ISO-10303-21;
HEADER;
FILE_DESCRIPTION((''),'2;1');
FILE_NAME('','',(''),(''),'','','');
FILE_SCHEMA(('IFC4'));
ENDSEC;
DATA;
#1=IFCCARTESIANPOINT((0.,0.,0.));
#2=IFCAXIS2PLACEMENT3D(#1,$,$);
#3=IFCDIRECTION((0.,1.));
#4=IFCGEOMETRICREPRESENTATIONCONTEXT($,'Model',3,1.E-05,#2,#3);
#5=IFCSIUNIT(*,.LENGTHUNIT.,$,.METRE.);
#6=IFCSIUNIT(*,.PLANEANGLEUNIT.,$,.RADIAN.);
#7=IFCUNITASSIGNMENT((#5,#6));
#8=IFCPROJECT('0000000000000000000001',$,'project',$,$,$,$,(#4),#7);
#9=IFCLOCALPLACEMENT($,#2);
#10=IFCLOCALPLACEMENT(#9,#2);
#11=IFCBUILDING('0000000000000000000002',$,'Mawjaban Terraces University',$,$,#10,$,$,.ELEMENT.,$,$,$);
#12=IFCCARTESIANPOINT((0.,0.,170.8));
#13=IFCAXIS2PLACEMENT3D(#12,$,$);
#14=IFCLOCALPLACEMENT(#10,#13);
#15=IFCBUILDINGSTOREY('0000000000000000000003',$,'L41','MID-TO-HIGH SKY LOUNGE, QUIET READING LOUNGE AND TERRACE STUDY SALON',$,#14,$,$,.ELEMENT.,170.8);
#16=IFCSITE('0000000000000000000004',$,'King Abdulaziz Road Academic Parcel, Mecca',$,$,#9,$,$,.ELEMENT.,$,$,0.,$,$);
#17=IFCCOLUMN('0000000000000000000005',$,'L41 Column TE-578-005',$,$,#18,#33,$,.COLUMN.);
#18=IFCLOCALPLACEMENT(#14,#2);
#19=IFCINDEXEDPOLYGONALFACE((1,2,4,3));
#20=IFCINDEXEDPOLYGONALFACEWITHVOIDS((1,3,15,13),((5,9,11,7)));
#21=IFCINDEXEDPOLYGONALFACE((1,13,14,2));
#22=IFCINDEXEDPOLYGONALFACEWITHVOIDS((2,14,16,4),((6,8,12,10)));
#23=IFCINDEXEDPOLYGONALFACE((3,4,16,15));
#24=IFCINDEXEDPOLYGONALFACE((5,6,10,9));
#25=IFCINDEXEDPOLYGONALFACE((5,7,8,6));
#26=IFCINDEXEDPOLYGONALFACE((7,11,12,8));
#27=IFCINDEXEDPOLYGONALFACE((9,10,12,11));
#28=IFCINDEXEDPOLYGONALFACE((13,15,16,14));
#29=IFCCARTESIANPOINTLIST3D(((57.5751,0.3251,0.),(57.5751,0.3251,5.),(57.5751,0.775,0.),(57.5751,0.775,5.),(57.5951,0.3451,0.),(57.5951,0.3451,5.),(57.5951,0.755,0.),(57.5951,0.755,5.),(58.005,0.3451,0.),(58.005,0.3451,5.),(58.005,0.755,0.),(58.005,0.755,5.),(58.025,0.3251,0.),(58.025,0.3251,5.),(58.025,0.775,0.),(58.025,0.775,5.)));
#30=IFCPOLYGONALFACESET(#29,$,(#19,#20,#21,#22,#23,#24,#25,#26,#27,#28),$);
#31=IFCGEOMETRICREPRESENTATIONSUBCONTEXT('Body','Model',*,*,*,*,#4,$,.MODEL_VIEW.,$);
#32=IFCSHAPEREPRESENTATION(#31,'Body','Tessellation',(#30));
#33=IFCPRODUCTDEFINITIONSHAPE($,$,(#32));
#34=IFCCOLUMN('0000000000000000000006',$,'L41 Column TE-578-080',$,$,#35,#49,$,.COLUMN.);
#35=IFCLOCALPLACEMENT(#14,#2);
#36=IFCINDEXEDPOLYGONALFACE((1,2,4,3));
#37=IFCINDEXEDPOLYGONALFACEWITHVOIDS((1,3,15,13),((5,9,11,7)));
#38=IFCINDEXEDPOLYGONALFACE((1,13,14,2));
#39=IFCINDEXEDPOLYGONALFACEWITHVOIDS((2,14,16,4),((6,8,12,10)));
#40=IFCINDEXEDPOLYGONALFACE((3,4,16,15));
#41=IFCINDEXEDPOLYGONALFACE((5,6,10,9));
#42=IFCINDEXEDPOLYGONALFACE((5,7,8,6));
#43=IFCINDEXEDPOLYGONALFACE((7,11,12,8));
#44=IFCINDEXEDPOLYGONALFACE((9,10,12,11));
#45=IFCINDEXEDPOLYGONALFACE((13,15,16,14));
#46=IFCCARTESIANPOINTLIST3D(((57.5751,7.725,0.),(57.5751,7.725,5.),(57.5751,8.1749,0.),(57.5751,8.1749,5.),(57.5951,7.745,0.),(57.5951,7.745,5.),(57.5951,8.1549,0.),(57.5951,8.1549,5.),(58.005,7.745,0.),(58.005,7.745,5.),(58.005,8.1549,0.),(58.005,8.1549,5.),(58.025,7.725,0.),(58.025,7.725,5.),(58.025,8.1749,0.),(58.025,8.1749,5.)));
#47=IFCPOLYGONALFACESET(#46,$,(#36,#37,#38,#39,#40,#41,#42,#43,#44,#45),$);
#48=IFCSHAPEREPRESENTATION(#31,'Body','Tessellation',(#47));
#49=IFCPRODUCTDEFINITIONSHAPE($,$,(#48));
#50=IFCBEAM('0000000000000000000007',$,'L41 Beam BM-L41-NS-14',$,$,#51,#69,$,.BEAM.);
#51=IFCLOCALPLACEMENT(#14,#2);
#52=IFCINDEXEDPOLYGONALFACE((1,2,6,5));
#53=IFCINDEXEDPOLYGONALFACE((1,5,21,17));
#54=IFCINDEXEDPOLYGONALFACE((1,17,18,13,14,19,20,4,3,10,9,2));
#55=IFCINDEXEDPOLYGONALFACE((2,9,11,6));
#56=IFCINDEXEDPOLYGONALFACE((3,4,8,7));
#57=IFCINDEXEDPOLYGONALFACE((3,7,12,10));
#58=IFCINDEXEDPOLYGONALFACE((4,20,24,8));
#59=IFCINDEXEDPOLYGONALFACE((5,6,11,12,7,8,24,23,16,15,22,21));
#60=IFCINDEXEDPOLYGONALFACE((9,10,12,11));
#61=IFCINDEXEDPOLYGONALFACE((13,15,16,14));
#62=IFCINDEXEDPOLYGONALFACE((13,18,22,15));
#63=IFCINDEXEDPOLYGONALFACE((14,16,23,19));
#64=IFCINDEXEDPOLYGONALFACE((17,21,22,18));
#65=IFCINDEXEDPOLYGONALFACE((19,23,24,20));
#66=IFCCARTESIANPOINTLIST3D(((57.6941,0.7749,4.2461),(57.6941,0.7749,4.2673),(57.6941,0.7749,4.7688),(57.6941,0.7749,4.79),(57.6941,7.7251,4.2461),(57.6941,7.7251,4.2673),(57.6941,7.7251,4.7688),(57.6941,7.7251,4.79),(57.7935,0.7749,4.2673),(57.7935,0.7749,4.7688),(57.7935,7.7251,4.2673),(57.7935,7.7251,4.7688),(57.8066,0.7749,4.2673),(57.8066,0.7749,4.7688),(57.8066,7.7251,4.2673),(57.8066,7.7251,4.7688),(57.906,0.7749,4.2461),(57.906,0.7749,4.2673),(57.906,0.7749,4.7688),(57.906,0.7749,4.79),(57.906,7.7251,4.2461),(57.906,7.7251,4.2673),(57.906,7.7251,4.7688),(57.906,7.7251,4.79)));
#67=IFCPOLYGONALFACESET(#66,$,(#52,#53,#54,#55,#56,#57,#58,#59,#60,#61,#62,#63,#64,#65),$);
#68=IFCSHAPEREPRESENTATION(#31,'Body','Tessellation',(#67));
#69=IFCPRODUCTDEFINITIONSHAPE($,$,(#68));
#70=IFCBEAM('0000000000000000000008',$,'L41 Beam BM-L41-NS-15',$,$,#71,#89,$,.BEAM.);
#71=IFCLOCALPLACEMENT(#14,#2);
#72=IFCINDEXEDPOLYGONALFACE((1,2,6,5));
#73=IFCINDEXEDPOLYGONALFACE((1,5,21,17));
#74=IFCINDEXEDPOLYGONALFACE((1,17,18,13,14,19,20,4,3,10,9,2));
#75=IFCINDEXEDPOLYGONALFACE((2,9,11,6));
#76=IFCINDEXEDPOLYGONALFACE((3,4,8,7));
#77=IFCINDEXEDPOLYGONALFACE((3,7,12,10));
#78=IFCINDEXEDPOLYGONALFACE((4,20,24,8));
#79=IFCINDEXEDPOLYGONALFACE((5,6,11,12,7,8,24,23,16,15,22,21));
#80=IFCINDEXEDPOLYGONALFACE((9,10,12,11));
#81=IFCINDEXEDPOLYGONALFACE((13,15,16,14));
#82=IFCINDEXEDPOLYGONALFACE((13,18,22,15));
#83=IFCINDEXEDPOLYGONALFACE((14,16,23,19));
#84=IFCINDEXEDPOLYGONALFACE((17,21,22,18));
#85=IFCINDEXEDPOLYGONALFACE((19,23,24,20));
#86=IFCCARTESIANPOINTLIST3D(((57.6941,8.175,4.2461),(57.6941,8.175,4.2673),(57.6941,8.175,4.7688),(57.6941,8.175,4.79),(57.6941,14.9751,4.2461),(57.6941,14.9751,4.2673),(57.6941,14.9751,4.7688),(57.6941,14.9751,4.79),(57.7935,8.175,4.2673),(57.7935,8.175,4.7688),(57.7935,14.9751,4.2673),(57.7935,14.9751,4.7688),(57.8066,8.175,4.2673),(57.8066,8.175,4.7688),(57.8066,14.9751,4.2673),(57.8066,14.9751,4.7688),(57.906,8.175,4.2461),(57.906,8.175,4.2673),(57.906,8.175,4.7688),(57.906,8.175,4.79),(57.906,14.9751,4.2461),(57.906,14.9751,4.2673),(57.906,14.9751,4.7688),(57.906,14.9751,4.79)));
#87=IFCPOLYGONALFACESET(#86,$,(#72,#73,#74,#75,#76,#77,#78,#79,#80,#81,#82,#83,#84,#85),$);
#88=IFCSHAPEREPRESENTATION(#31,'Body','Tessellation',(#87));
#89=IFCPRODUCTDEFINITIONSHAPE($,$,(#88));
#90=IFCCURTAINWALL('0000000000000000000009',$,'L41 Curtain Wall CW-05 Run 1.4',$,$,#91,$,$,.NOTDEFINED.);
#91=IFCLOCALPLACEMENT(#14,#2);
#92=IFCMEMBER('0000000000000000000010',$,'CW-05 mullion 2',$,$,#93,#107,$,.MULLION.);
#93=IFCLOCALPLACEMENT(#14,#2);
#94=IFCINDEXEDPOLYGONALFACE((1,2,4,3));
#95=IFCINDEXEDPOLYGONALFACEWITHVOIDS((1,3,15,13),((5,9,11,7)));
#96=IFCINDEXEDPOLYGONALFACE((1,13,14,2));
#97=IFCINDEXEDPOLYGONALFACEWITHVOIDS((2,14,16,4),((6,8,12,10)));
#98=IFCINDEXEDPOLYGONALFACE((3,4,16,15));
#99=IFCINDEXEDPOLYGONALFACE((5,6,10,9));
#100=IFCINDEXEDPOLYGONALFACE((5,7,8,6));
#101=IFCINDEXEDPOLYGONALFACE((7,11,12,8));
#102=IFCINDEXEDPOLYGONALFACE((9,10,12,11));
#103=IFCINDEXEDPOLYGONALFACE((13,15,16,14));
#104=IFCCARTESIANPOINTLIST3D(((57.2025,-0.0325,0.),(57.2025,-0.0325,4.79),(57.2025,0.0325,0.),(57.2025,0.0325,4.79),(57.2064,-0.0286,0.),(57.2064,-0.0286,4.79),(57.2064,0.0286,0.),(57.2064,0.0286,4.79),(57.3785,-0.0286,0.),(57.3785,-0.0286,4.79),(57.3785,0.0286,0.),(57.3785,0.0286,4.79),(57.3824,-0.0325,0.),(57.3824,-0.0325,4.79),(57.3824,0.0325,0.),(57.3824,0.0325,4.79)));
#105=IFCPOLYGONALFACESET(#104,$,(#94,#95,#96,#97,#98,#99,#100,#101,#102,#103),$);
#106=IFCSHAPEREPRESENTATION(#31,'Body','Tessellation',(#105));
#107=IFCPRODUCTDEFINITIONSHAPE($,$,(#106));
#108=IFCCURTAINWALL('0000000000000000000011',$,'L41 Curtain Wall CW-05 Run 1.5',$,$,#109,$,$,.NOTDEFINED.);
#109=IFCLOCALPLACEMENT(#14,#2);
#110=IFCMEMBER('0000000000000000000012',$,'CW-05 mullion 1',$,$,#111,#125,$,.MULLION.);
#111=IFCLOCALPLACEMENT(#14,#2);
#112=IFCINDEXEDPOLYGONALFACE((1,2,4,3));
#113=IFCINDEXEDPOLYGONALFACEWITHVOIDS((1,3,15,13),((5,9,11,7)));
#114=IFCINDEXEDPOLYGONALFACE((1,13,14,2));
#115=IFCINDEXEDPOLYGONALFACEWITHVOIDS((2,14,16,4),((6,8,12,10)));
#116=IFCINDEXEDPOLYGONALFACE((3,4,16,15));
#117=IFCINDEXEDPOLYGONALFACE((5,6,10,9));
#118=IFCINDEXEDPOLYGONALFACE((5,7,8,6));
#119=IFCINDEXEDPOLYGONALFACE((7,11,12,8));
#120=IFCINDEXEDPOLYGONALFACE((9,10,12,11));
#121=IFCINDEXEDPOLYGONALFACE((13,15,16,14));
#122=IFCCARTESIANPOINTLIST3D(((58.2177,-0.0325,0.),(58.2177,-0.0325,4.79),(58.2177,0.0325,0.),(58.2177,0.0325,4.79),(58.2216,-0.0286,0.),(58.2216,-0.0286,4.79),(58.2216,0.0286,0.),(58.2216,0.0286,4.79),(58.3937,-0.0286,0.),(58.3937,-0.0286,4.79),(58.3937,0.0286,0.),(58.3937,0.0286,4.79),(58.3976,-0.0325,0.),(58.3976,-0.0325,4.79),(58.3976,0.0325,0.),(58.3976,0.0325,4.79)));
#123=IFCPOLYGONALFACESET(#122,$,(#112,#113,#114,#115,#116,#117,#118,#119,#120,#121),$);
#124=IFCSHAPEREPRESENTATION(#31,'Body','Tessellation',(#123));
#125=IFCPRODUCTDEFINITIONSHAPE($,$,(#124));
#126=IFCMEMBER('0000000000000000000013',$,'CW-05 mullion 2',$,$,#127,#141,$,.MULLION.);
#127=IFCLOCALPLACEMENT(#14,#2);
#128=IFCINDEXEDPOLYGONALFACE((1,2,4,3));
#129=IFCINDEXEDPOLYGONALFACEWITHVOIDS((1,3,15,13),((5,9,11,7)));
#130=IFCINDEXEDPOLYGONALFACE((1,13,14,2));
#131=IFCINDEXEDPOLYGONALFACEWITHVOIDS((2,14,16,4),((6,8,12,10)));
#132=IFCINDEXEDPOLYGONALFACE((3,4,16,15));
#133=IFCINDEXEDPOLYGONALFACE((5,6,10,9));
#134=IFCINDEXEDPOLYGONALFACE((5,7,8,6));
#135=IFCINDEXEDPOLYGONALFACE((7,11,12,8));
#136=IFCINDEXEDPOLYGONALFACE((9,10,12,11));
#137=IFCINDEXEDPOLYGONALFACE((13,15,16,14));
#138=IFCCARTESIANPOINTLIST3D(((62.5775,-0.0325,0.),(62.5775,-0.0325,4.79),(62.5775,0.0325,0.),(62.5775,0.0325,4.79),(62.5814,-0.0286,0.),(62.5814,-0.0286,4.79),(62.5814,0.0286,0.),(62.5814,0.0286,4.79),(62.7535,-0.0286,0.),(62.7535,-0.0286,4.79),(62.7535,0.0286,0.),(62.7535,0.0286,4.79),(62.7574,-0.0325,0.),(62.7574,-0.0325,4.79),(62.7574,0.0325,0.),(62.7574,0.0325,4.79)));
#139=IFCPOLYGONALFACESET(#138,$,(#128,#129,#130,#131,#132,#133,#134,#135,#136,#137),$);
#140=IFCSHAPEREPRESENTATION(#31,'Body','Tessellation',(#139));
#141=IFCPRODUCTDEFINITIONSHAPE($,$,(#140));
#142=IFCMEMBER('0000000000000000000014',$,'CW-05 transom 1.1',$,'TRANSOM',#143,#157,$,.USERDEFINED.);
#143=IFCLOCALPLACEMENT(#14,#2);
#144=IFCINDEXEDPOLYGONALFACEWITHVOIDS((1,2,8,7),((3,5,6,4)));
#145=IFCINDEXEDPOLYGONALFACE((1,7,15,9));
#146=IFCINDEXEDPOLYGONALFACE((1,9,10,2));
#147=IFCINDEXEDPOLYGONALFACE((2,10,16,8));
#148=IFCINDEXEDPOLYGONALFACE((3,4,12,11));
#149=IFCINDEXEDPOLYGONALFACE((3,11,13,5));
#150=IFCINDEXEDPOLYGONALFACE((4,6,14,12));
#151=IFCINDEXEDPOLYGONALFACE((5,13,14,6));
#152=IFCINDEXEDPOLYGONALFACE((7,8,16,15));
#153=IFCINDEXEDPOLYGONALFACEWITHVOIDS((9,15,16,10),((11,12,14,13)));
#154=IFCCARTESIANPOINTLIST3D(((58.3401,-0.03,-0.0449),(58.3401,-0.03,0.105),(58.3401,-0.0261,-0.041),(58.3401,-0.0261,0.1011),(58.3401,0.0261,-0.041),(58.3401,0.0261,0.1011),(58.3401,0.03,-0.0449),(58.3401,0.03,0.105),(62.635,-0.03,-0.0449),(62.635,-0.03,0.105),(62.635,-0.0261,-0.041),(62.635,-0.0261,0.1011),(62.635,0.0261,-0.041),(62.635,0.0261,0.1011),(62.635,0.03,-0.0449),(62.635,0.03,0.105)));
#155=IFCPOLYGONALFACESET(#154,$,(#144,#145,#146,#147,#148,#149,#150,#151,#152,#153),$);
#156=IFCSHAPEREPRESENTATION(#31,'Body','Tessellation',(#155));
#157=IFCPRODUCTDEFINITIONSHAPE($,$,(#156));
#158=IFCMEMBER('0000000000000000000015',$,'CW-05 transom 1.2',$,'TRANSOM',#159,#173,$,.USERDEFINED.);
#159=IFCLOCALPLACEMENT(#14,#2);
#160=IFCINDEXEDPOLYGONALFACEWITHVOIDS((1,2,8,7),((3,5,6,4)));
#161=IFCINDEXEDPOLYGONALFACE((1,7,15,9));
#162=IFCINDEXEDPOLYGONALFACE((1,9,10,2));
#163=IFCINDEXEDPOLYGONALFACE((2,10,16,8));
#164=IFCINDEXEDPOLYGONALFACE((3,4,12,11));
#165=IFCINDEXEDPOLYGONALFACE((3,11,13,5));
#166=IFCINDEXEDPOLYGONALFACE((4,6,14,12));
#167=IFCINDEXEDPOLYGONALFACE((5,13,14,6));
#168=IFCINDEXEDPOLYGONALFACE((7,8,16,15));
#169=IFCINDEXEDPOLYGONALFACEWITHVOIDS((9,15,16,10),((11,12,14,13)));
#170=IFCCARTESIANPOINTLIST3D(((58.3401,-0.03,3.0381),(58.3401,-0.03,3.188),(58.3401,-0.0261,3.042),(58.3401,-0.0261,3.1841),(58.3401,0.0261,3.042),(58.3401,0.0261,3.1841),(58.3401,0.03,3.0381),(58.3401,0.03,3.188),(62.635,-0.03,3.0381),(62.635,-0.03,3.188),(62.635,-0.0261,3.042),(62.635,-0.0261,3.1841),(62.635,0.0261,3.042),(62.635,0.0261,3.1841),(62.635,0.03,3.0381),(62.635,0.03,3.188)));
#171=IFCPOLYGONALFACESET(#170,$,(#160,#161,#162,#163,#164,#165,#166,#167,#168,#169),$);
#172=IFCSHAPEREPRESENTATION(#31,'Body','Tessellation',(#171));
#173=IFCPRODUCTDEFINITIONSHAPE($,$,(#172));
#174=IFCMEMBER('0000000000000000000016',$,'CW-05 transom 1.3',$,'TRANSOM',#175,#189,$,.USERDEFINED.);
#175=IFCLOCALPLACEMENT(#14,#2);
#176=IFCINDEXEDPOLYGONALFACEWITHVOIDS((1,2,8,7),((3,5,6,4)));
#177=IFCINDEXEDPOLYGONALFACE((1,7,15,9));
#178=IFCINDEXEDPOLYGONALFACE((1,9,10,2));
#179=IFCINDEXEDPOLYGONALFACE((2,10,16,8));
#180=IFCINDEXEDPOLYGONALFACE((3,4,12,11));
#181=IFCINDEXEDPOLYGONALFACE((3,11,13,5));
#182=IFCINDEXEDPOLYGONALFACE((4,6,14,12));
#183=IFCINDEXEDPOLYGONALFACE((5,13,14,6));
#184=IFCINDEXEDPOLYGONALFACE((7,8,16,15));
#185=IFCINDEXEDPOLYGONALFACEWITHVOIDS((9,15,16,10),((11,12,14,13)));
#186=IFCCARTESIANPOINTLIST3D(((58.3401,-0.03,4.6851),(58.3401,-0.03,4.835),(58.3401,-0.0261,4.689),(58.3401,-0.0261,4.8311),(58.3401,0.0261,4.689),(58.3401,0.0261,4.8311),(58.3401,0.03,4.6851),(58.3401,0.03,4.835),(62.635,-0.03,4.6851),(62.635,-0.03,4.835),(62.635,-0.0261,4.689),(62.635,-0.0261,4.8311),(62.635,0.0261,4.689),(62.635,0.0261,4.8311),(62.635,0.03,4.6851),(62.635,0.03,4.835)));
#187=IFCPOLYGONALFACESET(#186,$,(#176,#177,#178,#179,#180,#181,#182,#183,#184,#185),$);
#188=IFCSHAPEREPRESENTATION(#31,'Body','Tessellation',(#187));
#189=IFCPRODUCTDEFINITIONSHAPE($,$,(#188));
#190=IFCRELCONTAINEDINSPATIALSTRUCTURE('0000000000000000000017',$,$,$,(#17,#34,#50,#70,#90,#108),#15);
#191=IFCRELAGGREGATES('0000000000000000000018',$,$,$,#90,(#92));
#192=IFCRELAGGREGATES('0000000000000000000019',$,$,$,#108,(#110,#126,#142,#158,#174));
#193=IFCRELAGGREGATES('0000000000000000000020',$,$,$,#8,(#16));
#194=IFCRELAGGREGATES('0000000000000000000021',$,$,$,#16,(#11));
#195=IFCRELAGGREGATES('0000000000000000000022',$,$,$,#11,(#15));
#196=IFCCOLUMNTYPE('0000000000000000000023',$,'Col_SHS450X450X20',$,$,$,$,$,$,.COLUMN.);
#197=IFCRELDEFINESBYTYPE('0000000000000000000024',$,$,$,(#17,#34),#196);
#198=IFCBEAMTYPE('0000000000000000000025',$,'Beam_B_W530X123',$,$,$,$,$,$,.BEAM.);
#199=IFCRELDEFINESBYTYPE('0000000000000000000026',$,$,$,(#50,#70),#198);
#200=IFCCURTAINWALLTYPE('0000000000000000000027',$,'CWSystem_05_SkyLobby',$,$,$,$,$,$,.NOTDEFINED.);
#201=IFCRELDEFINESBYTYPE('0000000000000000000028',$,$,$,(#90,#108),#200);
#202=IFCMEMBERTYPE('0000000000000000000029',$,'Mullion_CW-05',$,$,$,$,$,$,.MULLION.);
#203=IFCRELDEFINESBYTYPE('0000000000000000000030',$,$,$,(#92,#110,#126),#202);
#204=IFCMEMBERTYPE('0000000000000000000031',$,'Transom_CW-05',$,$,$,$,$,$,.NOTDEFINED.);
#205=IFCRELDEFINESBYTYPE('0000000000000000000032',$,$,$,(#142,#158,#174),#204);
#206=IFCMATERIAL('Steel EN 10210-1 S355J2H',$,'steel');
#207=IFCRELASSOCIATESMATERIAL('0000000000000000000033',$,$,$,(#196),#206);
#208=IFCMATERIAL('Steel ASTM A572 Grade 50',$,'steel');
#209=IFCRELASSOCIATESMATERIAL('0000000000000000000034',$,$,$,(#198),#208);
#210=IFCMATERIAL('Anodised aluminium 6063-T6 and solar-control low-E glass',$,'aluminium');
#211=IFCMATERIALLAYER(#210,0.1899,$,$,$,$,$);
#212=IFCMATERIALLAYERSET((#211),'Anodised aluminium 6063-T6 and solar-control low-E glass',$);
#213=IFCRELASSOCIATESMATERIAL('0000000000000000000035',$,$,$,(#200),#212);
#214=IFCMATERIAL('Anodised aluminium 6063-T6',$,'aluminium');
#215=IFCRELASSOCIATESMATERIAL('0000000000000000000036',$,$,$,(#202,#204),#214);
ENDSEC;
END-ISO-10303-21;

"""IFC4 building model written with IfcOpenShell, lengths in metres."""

from ifc_helpers import new_model, si_unit, direction, frame, origin, origin_2d, place, context, subcontext, project, spatial, hollow_rectangle, i_section, extrude, material, layer, layer_set, material_profile, profile_set, type_object, element, aggregate, save


model = new_model("IFC4")

# Units and contexts
model_context = context("Model", 3, precision=1e-05, world=origin(), true_north=direction((0.0, 1.0)))
body_context = subcontext(model_context, "Body", "Model", "MODEL_VIEW")
ifc_project = project(units=[si_unit("LENGTHUNIT", "METRE"), si_unit("PLANEANGLEUNIT", "RADIAN")], contexts=[model_context])

# Site, building, storey
site_placement = place(None, origin())
site = spatial("IfcSite", under=ifc_project, at=site_placement, Name="King Abdulaziz Road Academic Parcel, Mecca", CompositionType="ELEMENT", RefElevation=0.0)
building_placement = place(site_placement, origin())
building = spatial("IfcBuilding", under=site, at=building_placement, Name="Mawjaban Terraces University", CompositionType="ELEMENT")
storey_placement = place(building_placement, frame((0.0, 0.0, 170.8)))
storey = spatial("IfcBuildingStorey", under=building, at=storey_placement, Name="L41", Description="MID-TO-HIGH SKY LOUNGE, QUIET READING LOUNGE AND TERRACE STUDY SALON", CompositionType="ELEMENT", Elevation=170.8)

# Columns
ifc_material_1 = material(Name="Steel EN 10210-1 S355J2H", Category="steel")
ifc_material_profile_1 = material_profile(ifc_material_1, hollow_rectangle(XDim=0.45, YDim=0.45, WallThickness=0.02, at=origin_2d()), Name="SHS450X450X20")
ifc_profile_set_1 = profile_set([ifc_material_profile_1], Name="Steel EN 10210-1 S355J2H")
column_type = type_object("IfcColumnType", Name="Col_SHS450X450X20", PredefinedType="COLUMN", material=ifc_profile_set_1)
for number, where, z_axis, x_axis, name in (
    (1, (57.8, 0.55, 0.0), (0.0, 0.0, 1.0), (1.0, 0.0, 0.0), "L41 Column TE-578-005"),
    (2, (57.8, 7.95, 0.0), (0.0, 0.0, 1.0), (1.0, 0.0, 0.0), "L41 Column TE-578-080"),
):
    element("IfcColumn", number, at=place(storey_placement, frame(where, z_axis=z_axis, x_axis=x_axis)), inside=storey, type_object=column_type, Name=name, PredefinedType="COLUMN", context=body_context, shape_type="SweptSolid", body=[
        extrude(hollow_rectangle(XDim=0.45, YDim=0.45, WallThickness=0.02, at=origin_2d()), origin(), (0.0, 0.0, 1.0), 5.0),
    ])

# Beams
ifc_material_2 = material(Name="Steel ASTM A572 Grade 50", Category="steel")
ifc_material_profile_2 = material_profile(ifc_material_2, i_section(OverallWidth=0.2119, OverallDepth=0.5439, WebThickness=0.0132, FlangeThickness=0.0212, at=origin_2d()), Name="W530X123")
ifc_profile_set_2 = profile_set([ifc_material_profile_2], Name="Steel ASTM A572 Grade 50")
beam_type = type_object("IfcBeamType", Name="Beam_B_W530X123", PredefinedType="BEAM", material=ifc_profile_set_2)
beam_1_placement = place(storey_placement, frame((57.8, 0.7749, 4.5181), z_axis=(0.0, 1.0, 0.0), x_axis=(-1.0, 0.0, 0.0)))
element("IfcBeam", 3, at=beam_1_placement, inside=storey, type_object=beam_type, Name="L41 Beam BM-L41-NS-14", PredefinedType="BEAM", context=body_context, shape_type="SweptSolid", body=[
    extrude(i_section(OverallWidth=0.2119, OverallDepth=0.5439, WebThickness=0.0132, FlangeThickness=0.0212, at=origin_2d()), origin(), (0.0, 0.0, 1.0), 6.9502),
])
beam_2_placement = place(storey_placement, frame((57.8, 8.175, 4.5181), z_axis=(0.0, 1.0, 0.0), x_axis=(-1.0, 0.0, 0.0)))
element("IfcBeam", 4, at=beam_2_placement, inside=storey, type_object=beam_type, Name="L41 Beam BM-L41-NS-15", PredefinedType="BEAM", context=body_context, shape_type="SweptSolid", body=[
    extrude(i_section(OverallWidth=0.2119, OverallDepth=0.5439, WebThickness=0.0132, FlangeThickness=0.0212, at=origin_2d()), origin(), (0.0, 0.0, 1.0), 6.8),
])

# Curtain wall, member
ifc_material_3 = material(Name="Anodised aluminium 6063-T6 and solar-control low-E glass", Category="aluminium")
ifc_layer_1 = layer(ifc_material_3, 0.1899)
ifc_layer_set_1 = layer_set([ifc_layer_1], Name="Anodised aluminium 6063-T6 and solar-control low-E glass")
curtain_wall_type = type_object("IfcCurtainWallType", Name="CWSystem_05_SkyLobby", PredefinedType="NOTDEFINED", material=ifc_layer_set_1)
curtain_wall_1_placement = place(storey_placement, origin())
curtain_wall_1 = element("IfcCurtainWall", 5, at=curtain_wall_1_placement, inside=storey, type_object=curtain_wall_type, Name="L41 Curtain Wall CW-05 Run 1.4", PredefinedType="NOTDEFINED")
ifc_material_4 = material(Name="Anodised aluminium 6063-T6", Category="aluminium")
ifc_material_profile_3 = material_profile(ifc_material_4, hollow_rectangle(XDim=0.0649, YDim=0.1799, WallThickness=0.0039, at=origin_2d()), Name="ALU180X65X4")
ifc_profile_set_3 = profile_set([ifc_material_profile_3], Name="Anodised aluminium 6063-T6")
member_type_1 = type_object("IfcMemberType", Name="Mullion_CW-05", PredefinedType="MULLION", material=ifc_profile_set_3)
member_1_placement = place(storey_placement, frame((57.2925, 0.0, 0.0), z_axis=(0.0, 0.0, 1.0), x_axis=(0.0, 1.0, 0.0)))
member_1 = element("IfcMember", 6, at=member_1_placement, type_object=member_type_1, Name="CW-05 mullion 2", PredefinedType="MULLION", context=body_context, shape_type="SweptSolid", body=[
    extrude(hollow_rectangle(XDim=0.0649, YDim=0.1799, WallThickness=0.0039, at=origin_2d()), origin(), (0.0, 0.0, 1.0), 4.79),
])
aggregate(curtain_wall_1, [member_1])

# Curtain wall, members
curtain_wall_2_placement = place(storey_placement, origin())
curtain_wall_2 = element("IfcCurtainWall", 7, at=curtain_wall_2_placement, inside=storey, type_object=curtain_wall_type, Name="L41 Curtain Wall CW-05 Run 1.5", PredefinedType="NOTDEFINED")
member_2_placement = place(storey_placement, frame((58.3076, 0.0, 0.0), z_axis=(0.0, 0.0, 1.0), x_axis=(0.0, 1.0, 0.0)))
member_2 = element("IfcMember", 8, at=member_2_placement, type_object=member_type_1, Name="CW-05 mullion 1", PredefinedType="MULLION", context=body_context, shape_type="SweptSolid", body=[
    extrude(hollow_rectangle(XDim=0.0649, YDim=0.1799, WallThickness=0.0039, at=origin_2d()), origin(), (0.0, 0.0, 1.0), 4.79),
])
member_3_placement = place(storey_placement, frame((62.6675, 0.0, 0.0), z_axis=(0.0, 0.0, 1.0), x_axis=(0.0, 1.0, 0.0)))
member_3 = element("IfcMember", 9, at=member_3_placement, type_object=member_type_1, Name="CW-05 mullion 2", PredefinedType="MULLION", context=body_context, shape_type="SweptSolid", body=[
    extrude(hollow_rectangle(XDim=0.0649, YDim=0.1799, WallThickness=0.0039, at=origin_2d()), origin(), (0.0, 0.0, 1.0), 4.79),
])
ifc_material_profile_4 = material_profile(ifc_material_4, hollow_rectangle(XDim=0.0601, YDim=0.1499, WallThickness=0.0039, at=origin_2d()), Name="ALU150X60X4")
ifc_profile_set_4 = profile_set([ifc_material_profile_4], Name="Anodised aluminium 6063-T6")
member_type_2 = type_object("IfcMemberType", Name="Transom_CW-05", PredefinedType="NOTDEFINED", material=ifc_profile_set_4)
member_4_placement = place(storey_placement, frame((58.3401, 0.0, 0.03), z_axis=(1.0, 0.0, 0.0), x_axis=(0.0, 1.0, 0.0)))
member_4 = element("IfcMember", 10, at=member_4_placement, type_object=member_type_2, Name="CW-05 transom 1.1", ObjectType="TRANSOM", PredefinedType="USERDEFINED", context=body_context, shape_type="SweptSolid", body=[
    extrude(hollow_rectangle(XDim=0.0601, YDim=0.1499, WallThickness=0.0039, at=origin_2d()), origin(), (0.0, 0.0, 1.0), 4.2949),
])
member_5_placement = place(storey_placement, frame((58.3401, 0.0, 3.113), z_axis=(1.0, 0.0, 0.0), x_axis=(0.0, 1.0, 0.0)))
member_5 = element("IfcMember", 11, at=member_5_placement, type_object=member_type_2, Name="CW-05 transom 1.2", ObjectType="TRANSOM", PredefinedType="USERDEFINED", context=body_context, shape_type="SweptSolid", body=[
    extrude(hollow_rectangle(XDim=0.0601, YDim=0.1499, WallThickness=0.0039, at=origin_2d()), origin(), (0.0, 0.0, 1.0), 4.2949),
])
member_6_placement = place(storey_placement, frame((58.3401, 0.0, 4.76), z_axis=(1.0, 0.0, 0.0), x_axis=(0.0, 1.0, 0.0)))
member_6 = element("IfcMember", 12, at=member_6_placement, type_object=member_type_2, Name="CW-05 transom 1.3", ObjectType="TRANSOM", PredefinedType="USERDEFINED", context=body_context, shape_type="SweptSolid", body=[
    extrude(hollow_rectangle(XDim=0.0601, YDim=0.1499, WallThickness=0.0039, at=origin_2d()), origin(), (0.0, 0.0, 1.0), 4.2949),
])
aggregate(curtain_wall_2, [member_2, member_3, member_4, member_5, member_6])

save(model, "model.ifc")
